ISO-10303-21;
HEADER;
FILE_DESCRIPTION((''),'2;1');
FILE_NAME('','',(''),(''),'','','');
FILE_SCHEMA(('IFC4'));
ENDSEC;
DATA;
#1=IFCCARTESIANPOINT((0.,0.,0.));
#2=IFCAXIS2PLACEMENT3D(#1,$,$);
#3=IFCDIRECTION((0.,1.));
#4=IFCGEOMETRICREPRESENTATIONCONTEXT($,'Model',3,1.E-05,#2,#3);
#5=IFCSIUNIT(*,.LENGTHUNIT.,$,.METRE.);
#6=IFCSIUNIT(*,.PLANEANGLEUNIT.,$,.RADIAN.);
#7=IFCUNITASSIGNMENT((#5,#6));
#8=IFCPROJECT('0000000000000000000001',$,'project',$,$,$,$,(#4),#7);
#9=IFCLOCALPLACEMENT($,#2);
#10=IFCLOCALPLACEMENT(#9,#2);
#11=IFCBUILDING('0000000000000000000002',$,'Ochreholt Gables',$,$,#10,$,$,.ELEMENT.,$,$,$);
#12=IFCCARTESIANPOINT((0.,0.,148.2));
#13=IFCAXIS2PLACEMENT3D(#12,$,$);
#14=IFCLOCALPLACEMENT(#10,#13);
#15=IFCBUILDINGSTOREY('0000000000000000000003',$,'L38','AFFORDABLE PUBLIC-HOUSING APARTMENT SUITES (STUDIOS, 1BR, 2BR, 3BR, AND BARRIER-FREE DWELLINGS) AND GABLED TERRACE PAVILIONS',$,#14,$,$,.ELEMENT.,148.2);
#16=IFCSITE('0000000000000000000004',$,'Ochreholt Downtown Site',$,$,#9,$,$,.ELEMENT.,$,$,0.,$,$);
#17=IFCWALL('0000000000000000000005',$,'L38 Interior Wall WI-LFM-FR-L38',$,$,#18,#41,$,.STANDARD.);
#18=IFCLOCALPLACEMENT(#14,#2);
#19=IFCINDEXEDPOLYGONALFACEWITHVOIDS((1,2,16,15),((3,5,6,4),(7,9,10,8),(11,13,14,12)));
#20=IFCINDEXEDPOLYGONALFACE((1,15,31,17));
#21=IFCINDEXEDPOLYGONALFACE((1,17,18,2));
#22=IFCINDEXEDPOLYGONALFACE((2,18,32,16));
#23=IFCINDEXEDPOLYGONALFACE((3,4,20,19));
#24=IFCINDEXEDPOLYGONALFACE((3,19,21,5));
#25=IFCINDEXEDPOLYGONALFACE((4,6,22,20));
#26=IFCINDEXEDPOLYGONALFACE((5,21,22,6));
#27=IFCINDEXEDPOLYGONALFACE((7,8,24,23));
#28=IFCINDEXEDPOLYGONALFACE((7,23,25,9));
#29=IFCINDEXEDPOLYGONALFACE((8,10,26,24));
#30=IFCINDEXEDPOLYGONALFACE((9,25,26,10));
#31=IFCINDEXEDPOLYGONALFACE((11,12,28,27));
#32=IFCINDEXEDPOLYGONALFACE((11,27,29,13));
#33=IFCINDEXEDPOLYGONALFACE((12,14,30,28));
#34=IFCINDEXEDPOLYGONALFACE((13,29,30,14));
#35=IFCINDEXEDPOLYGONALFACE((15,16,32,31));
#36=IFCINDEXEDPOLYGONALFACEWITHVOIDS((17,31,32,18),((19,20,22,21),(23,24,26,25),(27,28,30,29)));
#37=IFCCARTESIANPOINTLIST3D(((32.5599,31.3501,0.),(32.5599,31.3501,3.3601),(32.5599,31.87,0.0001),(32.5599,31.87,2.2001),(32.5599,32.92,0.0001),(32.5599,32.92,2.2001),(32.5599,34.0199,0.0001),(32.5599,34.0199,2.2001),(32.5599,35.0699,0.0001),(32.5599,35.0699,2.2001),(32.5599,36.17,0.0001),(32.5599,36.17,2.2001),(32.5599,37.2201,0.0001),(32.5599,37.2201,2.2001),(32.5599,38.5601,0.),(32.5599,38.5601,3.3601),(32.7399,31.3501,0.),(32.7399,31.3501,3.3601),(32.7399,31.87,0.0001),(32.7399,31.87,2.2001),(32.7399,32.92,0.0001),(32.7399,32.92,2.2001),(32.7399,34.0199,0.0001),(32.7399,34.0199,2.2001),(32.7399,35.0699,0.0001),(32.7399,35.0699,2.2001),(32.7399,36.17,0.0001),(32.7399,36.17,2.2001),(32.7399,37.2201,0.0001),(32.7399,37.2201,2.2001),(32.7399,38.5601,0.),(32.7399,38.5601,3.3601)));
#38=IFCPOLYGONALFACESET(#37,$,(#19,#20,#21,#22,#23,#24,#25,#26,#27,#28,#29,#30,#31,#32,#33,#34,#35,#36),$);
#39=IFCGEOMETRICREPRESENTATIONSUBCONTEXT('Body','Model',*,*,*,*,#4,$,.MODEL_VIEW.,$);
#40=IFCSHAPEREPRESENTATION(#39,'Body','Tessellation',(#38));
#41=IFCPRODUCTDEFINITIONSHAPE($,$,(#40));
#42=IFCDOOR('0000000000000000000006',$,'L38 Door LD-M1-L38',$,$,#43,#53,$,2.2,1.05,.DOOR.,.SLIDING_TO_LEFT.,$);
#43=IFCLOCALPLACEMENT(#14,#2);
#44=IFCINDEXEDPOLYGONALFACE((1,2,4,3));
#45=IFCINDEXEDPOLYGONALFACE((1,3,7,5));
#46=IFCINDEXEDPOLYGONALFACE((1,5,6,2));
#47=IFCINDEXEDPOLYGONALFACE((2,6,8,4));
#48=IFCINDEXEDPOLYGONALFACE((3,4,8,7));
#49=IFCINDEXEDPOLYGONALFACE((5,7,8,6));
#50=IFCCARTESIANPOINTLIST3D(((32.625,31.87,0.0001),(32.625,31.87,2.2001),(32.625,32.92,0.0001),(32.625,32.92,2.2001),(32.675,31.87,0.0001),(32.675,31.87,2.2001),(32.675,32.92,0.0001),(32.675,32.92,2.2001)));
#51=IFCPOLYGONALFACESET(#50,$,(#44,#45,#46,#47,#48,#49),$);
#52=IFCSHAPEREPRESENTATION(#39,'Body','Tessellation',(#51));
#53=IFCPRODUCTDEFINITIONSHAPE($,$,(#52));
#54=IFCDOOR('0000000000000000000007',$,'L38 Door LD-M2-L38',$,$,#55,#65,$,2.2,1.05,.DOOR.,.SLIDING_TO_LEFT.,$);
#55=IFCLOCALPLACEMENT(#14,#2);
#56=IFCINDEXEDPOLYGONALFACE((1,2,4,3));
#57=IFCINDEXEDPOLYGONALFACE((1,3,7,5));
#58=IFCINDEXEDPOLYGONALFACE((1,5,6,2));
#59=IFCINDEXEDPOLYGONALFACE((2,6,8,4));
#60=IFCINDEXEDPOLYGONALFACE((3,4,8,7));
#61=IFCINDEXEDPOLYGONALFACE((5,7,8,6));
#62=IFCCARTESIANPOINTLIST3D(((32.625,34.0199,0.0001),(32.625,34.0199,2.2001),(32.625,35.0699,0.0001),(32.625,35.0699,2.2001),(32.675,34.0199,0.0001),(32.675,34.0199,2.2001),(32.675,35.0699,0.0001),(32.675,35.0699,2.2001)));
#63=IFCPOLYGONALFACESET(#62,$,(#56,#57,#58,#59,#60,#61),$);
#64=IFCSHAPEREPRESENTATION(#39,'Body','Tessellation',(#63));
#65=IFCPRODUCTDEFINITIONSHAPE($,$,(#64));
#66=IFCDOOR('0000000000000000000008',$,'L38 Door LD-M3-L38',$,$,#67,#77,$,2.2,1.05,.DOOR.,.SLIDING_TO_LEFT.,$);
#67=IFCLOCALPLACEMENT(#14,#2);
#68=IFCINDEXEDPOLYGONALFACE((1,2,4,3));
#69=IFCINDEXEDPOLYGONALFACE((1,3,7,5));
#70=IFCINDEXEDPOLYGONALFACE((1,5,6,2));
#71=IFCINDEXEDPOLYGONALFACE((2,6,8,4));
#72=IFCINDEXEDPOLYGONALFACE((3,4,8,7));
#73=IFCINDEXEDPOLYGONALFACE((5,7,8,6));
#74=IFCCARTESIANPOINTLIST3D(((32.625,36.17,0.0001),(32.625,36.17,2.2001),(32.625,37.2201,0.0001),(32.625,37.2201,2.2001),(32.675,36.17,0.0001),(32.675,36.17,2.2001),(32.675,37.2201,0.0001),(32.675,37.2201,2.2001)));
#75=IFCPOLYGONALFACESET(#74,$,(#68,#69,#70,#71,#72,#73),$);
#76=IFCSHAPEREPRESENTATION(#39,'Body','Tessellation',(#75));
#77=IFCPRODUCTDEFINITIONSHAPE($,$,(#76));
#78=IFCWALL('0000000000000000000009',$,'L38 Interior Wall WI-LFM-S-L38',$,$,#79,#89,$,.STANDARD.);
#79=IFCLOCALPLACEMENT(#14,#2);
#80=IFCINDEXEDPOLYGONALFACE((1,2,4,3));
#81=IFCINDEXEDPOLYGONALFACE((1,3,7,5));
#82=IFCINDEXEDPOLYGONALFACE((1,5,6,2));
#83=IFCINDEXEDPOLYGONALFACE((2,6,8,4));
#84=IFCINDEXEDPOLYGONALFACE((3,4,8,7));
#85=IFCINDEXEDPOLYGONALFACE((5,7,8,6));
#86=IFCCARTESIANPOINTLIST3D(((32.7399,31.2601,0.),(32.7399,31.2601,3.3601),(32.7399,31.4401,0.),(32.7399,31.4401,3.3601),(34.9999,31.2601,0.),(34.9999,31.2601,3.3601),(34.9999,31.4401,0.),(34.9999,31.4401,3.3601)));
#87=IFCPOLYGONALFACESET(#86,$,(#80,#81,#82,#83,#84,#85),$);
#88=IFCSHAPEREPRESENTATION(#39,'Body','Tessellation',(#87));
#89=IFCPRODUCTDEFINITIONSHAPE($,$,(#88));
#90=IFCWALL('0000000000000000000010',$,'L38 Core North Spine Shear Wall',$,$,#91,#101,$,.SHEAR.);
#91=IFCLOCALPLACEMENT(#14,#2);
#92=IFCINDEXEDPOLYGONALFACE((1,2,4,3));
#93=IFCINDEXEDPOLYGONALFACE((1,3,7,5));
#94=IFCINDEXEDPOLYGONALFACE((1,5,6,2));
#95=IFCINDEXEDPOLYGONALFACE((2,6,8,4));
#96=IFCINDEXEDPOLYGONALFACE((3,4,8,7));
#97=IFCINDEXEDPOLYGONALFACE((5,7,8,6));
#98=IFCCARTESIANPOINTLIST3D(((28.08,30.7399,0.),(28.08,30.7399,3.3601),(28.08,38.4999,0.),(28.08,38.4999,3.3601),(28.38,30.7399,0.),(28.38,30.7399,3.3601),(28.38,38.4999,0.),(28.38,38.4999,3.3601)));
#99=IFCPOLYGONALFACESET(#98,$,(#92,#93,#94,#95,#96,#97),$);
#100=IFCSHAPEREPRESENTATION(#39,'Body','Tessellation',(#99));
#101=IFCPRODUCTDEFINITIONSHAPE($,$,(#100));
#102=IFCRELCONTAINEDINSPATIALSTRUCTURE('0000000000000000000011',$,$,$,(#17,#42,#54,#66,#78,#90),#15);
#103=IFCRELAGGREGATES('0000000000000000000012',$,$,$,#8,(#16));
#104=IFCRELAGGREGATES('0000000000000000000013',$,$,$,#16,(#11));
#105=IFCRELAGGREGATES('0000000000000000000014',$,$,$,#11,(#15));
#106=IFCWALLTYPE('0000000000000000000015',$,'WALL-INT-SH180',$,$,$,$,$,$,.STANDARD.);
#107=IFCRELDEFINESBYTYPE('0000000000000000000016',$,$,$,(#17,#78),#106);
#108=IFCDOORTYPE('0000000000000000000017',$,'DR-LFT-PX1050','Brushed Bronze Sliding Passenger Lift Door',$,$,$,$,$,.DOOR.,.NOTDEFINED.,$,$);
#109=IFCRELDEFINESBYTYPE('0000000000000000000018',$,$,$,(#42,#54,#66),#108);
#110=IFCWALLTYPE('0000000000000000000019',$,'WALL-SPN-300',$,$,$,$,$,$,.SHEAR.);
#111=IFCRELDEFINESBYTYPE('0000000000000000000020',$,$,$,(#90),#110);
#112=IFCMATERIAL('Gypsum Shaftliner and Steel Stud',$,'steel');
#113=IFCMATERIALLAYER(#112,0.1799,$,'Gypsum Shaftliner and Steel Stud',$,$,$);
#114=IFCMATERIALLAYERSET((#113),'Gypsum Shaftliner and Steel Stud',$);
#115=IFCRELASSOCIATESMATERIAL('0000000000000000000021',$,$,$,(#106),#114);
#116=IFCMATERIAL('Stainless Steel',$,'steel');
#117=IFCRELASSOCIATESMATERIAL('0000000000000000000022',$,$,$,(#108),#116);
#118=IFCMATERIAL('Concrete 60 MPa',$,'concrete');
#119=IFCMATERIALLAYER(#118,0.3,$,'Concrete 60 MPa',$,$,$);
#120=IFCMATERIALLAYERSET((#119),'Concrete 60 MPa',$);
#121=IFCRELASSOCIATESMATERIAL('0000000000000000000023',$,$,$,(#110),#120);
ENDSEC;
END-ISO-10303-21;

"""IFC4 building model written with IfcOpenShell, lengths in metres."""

from ifc_helpers import new_model, si_unit, direction, frame, frame_2d, origin, place, context, subcontext, project, spatial, rectangle, extrude, material, layer, layer_set, type_object, element, fill, save


model = new_model("IFC4")

# Units and contexts
model_context = context("Model", 3, precision=1e-05, world=origin(), true_north=direction((0.0, 1.0)))
body_context = subcontext(model_context, "Body", "Model", "MODEL_VIEW")
ifc_project = project(units=[si_unit("LENGTHUNIT", "METRE"), si_unit("PLANEANGLEUNIT", "RADIAN")], contexts=[model_context])

# Site, building, storey
site_placement = place(None, origin())
site = spatial("IfcSite", under=ifc_project, at=site_placement, Name="Ochreholt Downtown Site", CompositionType="ELEMENT", RefElevation=0.0)
building_placement = place(site_placement, origin())
building = spatial("IfcBuilding", under=site, at=building_placement, Name="Ochreholt Gables", CompositionType="ELEMENT")
storey_placement = place(building_placement, frame((0.0, 0.0, 148.2)))
storey = spatial("IfcBuildingStorey", under=building, at=storey_placement, Name="L38", Description="AFFORDABLE PUBLIC-HOUSING APARTMENT SUITES (STUDIOS, 1BR, 2BR, 3BR, AND BARRIER-FREE DWELLINGS) AND GABLED TERRACE PAVILIONS", CompositionType="ELEMENT", Elevation=148.2)

# Shared definitions
ifc_material_1 = material(Name="Gypsum Shaftliner and Steel Stud", Category="steel")
ifc_layer_1 = layer(ifc_material_1, 0.1799, Name="Gypsum Shaftliner and Steel Stud")
ifc_layer_set_1 = layer_set([ifc_layer_1], Name="Gypsum Shaftliner and Steel Stud")
wall_type_1 = type_object("IfcWallType", Name="WALL-INT-SH180", PredefinedType="STANDARD", material=ifc_layer_set_1)

# Wall, openings, doors
wall_1_placement = place(storey_placement, frame((32.6499, 31.3501, 0.0), z_axis=(0.0, 0.0, 1.0), x_axis=(0.0, 1.0, 0.0)))
wall_1 = element("IfcWall", 1, at=wall_1_placement, inside=storey, type_object=wall_type_1, Name="L38 Interior Wall WI-LFM-FR-L38", PredefinedType="STANDARD", context=body_context, shape_type="SweptSolid", body=[
    extrude(rectangle(XDim=7.21, YDim=0.1799, at=frame_2d((3.605, 0.0))), origin(), (0.0, 0.0, 1.0), 3.3601),
])
opening_1_placement = place(wall_1_placement, frame((0.52, 0.0, 0.0)))
opening_1 = element("IfcOpeningElement", 2, at=opening_1_placement, cuts=wall_1, PredefinedType="OPENING", context=body_context, shape_type="SweptSolid", body=[
    extrude(rectangle(XDim=1.05, YDim=2.2, at=frame_2d((0.5249, 1.1001))), frame((0.0, 0.0999, 0.0), z_axis=(0.0, -1.0, 0.0), x_axis=(1.0, 0.0, 0.0)), (0.0, 0.0, 1.0), 0.2),
])
opening_2_placement = place(wall_1_placement, frame((2.6699, 0.0, 0.0)))
opening_2 = element("IfcOpeningElement", 3, at=opening_2_placement, cuts=wall_1, PredefinedType="OPENING", context=body_context, shape_type="SweptSolid", body=[
    extrude(rectangle(XDim=1.05, YDim=2.2, at=frame_2d((0.5249, 1.1001))), frame((0.0, 0.0999, 0.0), z_axis=(0.0, -1.0, 0.0), x_axis=(1.0, 0.0, 0.0)), (0.0, 0.0, 1.0), 0.2),
])
opening_3_placement = place(wall_1_placement, frame((4.8201, 0.0, 0.0)))
opening_3 = element("IfcOpeningElement", 4, at=opening_3_placement, cuts=wall_1, PredefinedType="OPENING", context=body_context, shape_type="SweptSolid", body=[
    extrude(rectangle(XDim=1.05, YDim=2.2, at=frame_2d((0.5249, 1.1001))), frame((0.0, 0.0999, 0.0), z_axis=(0.0, -1.0, 0.0), x_axis=(1.0, 0.0, 0.0)), (0.0, 0.0, 1.0), 0.2),
])
ifc_material_2 = material(Name="Stainless Steel", Category="steel")
door_type_1 = type_object("IfcDoorType", Name="DR-LFT-PX1050", Description="Brushed Bronze Sliding Passenger Lift Door", OperationType="NOTDEFINED", PredefinedType="DOOR", material=ifc_material_2)
door_1_placement = place(opening_1_placement, origin())
door_1 = element("IfcDoor", 5, at=door_1_placement, inside=storey, type_object=door_type_1, Name="L38 Door LD-M1-L38", OperationType="SLIDING_TO_LEFT", OverallHeight=2.2, OverallWidth=1.05, PredefinedType="DOOR", context=body_context, shape_type="SweptSolid", body=[
    extrude(rectangle(XDim=1.05, YDim=2.2, at=frame_2d((0.5249, 1.1001))), frame((0.0, 0.0249, 0.0), z_axis=(0.0, -1.0, 0.0), x_axis=(1.0, 0.0, 0.0)), (0.0, 0.0, 1.0), 0.05),
])
fill(opening_1, door_1)
door_2_placement = place(opening_2_placement, origin())
door_2 = element("IfcDoor", 6, at=door_2_placement, inside=storey, type_object=door_type_1, Name="L38 Door LD-M2-L38", OperationType="SLIDING_TO_LEFT", OverallHeight=2.2, OverallWidth=1.05, PredefinedType="DOOR", context=body_context, shape_type="SweptSolid", body=[
    extrude(rectangle(XDim=1.05, YDim=2.2, at=frame_2d((0.5249, 1.1001))), frame((0.0, 0.0249, 0.0), z_axis=(0.0, -1.0, 0.0), x_axis=(1.0, 0.0, 0.0)), (0.0, 0.0, 1.0), 0.05),
])
fill(opening_2, door_2)
door_3_placement = place(opening_3_placement, origin())
door_3 = element("IfcDoor", 7, at=door_3_placement, inside=storey, type_object=door_type_1, Name="L38 Door LD-M3-L38", OperationType="SLIDING_TO_LEFT", OverallHeight=2.2, OverallWidth=1.05, PredefinedType="DOOR", context=body_context, shape_type="SweptSolid", body=[
    extrude(rectangle(XDim=1.05, YDim=2.2, at=frame_2d((0.5249, 1.1001))), frame((0.0, 0.0249, 0.0), z_axis=(0.0, -1.0, 0.0), x_axis=(1.0, 0.0, 0.0)), (0.0, 0.0, 1.0), 0.05),
])
fill(opening_3, door_3)

# Walls
wall_2_placement = place(storey_placement, frame((32.74, 31.3501, 0.0), z_axis=(0.0, 0.0, 1.0), x_axis=(1.0, 0.0, 0.0)))
element("IfcWall", 8, at=wall_2_placement, inside=storey, type_object=wall_type_1, Name="L38 Interior Wall WI-LFM-S-L38", PredefinedType="STANDARD", context=body_context, shape_type="SweptSolid", body=[
    extrude(rectangle(XDim=2.26, YDim=0.1799, at=frame_2d((1.1299, 0.0))), origin(), (0.0, 0.0, 1.0), 3.3601),
])
ifc_material_3 = material(Name="Concrete 60 MPa", Category="concrete")
ifc_layer_2 = layer(ifc_material_3, 0.3, Name="Concrete 60 MPa")
ifc_layer_set_2 = layer_set([ifc_layer_2], Name="Concrete 60 MPa")
wall_type_2 = type_object("IfcWallType", Name="WALL-SPN-300", PredefinedType="SHEAR", material=ifc_layer_set_2)
wall_3_placement = place(storey_placement, frame((28.23, 30.74, 0.0), z_axis=(0.0, 0.0, 1.0), x_axis=(0.0, 1.0, 0.0)))
element("IfcWall", 9, at=wall_3_placement, inside=storey, type_object=wall_type_2, Name="L38 Core North Spine Shear Wall", PredefinedType="SHEAR", context=body_context, shape_type="SweptSolid", body=[
    extrude(rectangle(XDim=7.76, YDim=0.3, at=frame_2d((3.8799, 0.0))), origin(), (0.0, 0.0, 1.0), 3.3601),
])

save(model, "model.ifc")
